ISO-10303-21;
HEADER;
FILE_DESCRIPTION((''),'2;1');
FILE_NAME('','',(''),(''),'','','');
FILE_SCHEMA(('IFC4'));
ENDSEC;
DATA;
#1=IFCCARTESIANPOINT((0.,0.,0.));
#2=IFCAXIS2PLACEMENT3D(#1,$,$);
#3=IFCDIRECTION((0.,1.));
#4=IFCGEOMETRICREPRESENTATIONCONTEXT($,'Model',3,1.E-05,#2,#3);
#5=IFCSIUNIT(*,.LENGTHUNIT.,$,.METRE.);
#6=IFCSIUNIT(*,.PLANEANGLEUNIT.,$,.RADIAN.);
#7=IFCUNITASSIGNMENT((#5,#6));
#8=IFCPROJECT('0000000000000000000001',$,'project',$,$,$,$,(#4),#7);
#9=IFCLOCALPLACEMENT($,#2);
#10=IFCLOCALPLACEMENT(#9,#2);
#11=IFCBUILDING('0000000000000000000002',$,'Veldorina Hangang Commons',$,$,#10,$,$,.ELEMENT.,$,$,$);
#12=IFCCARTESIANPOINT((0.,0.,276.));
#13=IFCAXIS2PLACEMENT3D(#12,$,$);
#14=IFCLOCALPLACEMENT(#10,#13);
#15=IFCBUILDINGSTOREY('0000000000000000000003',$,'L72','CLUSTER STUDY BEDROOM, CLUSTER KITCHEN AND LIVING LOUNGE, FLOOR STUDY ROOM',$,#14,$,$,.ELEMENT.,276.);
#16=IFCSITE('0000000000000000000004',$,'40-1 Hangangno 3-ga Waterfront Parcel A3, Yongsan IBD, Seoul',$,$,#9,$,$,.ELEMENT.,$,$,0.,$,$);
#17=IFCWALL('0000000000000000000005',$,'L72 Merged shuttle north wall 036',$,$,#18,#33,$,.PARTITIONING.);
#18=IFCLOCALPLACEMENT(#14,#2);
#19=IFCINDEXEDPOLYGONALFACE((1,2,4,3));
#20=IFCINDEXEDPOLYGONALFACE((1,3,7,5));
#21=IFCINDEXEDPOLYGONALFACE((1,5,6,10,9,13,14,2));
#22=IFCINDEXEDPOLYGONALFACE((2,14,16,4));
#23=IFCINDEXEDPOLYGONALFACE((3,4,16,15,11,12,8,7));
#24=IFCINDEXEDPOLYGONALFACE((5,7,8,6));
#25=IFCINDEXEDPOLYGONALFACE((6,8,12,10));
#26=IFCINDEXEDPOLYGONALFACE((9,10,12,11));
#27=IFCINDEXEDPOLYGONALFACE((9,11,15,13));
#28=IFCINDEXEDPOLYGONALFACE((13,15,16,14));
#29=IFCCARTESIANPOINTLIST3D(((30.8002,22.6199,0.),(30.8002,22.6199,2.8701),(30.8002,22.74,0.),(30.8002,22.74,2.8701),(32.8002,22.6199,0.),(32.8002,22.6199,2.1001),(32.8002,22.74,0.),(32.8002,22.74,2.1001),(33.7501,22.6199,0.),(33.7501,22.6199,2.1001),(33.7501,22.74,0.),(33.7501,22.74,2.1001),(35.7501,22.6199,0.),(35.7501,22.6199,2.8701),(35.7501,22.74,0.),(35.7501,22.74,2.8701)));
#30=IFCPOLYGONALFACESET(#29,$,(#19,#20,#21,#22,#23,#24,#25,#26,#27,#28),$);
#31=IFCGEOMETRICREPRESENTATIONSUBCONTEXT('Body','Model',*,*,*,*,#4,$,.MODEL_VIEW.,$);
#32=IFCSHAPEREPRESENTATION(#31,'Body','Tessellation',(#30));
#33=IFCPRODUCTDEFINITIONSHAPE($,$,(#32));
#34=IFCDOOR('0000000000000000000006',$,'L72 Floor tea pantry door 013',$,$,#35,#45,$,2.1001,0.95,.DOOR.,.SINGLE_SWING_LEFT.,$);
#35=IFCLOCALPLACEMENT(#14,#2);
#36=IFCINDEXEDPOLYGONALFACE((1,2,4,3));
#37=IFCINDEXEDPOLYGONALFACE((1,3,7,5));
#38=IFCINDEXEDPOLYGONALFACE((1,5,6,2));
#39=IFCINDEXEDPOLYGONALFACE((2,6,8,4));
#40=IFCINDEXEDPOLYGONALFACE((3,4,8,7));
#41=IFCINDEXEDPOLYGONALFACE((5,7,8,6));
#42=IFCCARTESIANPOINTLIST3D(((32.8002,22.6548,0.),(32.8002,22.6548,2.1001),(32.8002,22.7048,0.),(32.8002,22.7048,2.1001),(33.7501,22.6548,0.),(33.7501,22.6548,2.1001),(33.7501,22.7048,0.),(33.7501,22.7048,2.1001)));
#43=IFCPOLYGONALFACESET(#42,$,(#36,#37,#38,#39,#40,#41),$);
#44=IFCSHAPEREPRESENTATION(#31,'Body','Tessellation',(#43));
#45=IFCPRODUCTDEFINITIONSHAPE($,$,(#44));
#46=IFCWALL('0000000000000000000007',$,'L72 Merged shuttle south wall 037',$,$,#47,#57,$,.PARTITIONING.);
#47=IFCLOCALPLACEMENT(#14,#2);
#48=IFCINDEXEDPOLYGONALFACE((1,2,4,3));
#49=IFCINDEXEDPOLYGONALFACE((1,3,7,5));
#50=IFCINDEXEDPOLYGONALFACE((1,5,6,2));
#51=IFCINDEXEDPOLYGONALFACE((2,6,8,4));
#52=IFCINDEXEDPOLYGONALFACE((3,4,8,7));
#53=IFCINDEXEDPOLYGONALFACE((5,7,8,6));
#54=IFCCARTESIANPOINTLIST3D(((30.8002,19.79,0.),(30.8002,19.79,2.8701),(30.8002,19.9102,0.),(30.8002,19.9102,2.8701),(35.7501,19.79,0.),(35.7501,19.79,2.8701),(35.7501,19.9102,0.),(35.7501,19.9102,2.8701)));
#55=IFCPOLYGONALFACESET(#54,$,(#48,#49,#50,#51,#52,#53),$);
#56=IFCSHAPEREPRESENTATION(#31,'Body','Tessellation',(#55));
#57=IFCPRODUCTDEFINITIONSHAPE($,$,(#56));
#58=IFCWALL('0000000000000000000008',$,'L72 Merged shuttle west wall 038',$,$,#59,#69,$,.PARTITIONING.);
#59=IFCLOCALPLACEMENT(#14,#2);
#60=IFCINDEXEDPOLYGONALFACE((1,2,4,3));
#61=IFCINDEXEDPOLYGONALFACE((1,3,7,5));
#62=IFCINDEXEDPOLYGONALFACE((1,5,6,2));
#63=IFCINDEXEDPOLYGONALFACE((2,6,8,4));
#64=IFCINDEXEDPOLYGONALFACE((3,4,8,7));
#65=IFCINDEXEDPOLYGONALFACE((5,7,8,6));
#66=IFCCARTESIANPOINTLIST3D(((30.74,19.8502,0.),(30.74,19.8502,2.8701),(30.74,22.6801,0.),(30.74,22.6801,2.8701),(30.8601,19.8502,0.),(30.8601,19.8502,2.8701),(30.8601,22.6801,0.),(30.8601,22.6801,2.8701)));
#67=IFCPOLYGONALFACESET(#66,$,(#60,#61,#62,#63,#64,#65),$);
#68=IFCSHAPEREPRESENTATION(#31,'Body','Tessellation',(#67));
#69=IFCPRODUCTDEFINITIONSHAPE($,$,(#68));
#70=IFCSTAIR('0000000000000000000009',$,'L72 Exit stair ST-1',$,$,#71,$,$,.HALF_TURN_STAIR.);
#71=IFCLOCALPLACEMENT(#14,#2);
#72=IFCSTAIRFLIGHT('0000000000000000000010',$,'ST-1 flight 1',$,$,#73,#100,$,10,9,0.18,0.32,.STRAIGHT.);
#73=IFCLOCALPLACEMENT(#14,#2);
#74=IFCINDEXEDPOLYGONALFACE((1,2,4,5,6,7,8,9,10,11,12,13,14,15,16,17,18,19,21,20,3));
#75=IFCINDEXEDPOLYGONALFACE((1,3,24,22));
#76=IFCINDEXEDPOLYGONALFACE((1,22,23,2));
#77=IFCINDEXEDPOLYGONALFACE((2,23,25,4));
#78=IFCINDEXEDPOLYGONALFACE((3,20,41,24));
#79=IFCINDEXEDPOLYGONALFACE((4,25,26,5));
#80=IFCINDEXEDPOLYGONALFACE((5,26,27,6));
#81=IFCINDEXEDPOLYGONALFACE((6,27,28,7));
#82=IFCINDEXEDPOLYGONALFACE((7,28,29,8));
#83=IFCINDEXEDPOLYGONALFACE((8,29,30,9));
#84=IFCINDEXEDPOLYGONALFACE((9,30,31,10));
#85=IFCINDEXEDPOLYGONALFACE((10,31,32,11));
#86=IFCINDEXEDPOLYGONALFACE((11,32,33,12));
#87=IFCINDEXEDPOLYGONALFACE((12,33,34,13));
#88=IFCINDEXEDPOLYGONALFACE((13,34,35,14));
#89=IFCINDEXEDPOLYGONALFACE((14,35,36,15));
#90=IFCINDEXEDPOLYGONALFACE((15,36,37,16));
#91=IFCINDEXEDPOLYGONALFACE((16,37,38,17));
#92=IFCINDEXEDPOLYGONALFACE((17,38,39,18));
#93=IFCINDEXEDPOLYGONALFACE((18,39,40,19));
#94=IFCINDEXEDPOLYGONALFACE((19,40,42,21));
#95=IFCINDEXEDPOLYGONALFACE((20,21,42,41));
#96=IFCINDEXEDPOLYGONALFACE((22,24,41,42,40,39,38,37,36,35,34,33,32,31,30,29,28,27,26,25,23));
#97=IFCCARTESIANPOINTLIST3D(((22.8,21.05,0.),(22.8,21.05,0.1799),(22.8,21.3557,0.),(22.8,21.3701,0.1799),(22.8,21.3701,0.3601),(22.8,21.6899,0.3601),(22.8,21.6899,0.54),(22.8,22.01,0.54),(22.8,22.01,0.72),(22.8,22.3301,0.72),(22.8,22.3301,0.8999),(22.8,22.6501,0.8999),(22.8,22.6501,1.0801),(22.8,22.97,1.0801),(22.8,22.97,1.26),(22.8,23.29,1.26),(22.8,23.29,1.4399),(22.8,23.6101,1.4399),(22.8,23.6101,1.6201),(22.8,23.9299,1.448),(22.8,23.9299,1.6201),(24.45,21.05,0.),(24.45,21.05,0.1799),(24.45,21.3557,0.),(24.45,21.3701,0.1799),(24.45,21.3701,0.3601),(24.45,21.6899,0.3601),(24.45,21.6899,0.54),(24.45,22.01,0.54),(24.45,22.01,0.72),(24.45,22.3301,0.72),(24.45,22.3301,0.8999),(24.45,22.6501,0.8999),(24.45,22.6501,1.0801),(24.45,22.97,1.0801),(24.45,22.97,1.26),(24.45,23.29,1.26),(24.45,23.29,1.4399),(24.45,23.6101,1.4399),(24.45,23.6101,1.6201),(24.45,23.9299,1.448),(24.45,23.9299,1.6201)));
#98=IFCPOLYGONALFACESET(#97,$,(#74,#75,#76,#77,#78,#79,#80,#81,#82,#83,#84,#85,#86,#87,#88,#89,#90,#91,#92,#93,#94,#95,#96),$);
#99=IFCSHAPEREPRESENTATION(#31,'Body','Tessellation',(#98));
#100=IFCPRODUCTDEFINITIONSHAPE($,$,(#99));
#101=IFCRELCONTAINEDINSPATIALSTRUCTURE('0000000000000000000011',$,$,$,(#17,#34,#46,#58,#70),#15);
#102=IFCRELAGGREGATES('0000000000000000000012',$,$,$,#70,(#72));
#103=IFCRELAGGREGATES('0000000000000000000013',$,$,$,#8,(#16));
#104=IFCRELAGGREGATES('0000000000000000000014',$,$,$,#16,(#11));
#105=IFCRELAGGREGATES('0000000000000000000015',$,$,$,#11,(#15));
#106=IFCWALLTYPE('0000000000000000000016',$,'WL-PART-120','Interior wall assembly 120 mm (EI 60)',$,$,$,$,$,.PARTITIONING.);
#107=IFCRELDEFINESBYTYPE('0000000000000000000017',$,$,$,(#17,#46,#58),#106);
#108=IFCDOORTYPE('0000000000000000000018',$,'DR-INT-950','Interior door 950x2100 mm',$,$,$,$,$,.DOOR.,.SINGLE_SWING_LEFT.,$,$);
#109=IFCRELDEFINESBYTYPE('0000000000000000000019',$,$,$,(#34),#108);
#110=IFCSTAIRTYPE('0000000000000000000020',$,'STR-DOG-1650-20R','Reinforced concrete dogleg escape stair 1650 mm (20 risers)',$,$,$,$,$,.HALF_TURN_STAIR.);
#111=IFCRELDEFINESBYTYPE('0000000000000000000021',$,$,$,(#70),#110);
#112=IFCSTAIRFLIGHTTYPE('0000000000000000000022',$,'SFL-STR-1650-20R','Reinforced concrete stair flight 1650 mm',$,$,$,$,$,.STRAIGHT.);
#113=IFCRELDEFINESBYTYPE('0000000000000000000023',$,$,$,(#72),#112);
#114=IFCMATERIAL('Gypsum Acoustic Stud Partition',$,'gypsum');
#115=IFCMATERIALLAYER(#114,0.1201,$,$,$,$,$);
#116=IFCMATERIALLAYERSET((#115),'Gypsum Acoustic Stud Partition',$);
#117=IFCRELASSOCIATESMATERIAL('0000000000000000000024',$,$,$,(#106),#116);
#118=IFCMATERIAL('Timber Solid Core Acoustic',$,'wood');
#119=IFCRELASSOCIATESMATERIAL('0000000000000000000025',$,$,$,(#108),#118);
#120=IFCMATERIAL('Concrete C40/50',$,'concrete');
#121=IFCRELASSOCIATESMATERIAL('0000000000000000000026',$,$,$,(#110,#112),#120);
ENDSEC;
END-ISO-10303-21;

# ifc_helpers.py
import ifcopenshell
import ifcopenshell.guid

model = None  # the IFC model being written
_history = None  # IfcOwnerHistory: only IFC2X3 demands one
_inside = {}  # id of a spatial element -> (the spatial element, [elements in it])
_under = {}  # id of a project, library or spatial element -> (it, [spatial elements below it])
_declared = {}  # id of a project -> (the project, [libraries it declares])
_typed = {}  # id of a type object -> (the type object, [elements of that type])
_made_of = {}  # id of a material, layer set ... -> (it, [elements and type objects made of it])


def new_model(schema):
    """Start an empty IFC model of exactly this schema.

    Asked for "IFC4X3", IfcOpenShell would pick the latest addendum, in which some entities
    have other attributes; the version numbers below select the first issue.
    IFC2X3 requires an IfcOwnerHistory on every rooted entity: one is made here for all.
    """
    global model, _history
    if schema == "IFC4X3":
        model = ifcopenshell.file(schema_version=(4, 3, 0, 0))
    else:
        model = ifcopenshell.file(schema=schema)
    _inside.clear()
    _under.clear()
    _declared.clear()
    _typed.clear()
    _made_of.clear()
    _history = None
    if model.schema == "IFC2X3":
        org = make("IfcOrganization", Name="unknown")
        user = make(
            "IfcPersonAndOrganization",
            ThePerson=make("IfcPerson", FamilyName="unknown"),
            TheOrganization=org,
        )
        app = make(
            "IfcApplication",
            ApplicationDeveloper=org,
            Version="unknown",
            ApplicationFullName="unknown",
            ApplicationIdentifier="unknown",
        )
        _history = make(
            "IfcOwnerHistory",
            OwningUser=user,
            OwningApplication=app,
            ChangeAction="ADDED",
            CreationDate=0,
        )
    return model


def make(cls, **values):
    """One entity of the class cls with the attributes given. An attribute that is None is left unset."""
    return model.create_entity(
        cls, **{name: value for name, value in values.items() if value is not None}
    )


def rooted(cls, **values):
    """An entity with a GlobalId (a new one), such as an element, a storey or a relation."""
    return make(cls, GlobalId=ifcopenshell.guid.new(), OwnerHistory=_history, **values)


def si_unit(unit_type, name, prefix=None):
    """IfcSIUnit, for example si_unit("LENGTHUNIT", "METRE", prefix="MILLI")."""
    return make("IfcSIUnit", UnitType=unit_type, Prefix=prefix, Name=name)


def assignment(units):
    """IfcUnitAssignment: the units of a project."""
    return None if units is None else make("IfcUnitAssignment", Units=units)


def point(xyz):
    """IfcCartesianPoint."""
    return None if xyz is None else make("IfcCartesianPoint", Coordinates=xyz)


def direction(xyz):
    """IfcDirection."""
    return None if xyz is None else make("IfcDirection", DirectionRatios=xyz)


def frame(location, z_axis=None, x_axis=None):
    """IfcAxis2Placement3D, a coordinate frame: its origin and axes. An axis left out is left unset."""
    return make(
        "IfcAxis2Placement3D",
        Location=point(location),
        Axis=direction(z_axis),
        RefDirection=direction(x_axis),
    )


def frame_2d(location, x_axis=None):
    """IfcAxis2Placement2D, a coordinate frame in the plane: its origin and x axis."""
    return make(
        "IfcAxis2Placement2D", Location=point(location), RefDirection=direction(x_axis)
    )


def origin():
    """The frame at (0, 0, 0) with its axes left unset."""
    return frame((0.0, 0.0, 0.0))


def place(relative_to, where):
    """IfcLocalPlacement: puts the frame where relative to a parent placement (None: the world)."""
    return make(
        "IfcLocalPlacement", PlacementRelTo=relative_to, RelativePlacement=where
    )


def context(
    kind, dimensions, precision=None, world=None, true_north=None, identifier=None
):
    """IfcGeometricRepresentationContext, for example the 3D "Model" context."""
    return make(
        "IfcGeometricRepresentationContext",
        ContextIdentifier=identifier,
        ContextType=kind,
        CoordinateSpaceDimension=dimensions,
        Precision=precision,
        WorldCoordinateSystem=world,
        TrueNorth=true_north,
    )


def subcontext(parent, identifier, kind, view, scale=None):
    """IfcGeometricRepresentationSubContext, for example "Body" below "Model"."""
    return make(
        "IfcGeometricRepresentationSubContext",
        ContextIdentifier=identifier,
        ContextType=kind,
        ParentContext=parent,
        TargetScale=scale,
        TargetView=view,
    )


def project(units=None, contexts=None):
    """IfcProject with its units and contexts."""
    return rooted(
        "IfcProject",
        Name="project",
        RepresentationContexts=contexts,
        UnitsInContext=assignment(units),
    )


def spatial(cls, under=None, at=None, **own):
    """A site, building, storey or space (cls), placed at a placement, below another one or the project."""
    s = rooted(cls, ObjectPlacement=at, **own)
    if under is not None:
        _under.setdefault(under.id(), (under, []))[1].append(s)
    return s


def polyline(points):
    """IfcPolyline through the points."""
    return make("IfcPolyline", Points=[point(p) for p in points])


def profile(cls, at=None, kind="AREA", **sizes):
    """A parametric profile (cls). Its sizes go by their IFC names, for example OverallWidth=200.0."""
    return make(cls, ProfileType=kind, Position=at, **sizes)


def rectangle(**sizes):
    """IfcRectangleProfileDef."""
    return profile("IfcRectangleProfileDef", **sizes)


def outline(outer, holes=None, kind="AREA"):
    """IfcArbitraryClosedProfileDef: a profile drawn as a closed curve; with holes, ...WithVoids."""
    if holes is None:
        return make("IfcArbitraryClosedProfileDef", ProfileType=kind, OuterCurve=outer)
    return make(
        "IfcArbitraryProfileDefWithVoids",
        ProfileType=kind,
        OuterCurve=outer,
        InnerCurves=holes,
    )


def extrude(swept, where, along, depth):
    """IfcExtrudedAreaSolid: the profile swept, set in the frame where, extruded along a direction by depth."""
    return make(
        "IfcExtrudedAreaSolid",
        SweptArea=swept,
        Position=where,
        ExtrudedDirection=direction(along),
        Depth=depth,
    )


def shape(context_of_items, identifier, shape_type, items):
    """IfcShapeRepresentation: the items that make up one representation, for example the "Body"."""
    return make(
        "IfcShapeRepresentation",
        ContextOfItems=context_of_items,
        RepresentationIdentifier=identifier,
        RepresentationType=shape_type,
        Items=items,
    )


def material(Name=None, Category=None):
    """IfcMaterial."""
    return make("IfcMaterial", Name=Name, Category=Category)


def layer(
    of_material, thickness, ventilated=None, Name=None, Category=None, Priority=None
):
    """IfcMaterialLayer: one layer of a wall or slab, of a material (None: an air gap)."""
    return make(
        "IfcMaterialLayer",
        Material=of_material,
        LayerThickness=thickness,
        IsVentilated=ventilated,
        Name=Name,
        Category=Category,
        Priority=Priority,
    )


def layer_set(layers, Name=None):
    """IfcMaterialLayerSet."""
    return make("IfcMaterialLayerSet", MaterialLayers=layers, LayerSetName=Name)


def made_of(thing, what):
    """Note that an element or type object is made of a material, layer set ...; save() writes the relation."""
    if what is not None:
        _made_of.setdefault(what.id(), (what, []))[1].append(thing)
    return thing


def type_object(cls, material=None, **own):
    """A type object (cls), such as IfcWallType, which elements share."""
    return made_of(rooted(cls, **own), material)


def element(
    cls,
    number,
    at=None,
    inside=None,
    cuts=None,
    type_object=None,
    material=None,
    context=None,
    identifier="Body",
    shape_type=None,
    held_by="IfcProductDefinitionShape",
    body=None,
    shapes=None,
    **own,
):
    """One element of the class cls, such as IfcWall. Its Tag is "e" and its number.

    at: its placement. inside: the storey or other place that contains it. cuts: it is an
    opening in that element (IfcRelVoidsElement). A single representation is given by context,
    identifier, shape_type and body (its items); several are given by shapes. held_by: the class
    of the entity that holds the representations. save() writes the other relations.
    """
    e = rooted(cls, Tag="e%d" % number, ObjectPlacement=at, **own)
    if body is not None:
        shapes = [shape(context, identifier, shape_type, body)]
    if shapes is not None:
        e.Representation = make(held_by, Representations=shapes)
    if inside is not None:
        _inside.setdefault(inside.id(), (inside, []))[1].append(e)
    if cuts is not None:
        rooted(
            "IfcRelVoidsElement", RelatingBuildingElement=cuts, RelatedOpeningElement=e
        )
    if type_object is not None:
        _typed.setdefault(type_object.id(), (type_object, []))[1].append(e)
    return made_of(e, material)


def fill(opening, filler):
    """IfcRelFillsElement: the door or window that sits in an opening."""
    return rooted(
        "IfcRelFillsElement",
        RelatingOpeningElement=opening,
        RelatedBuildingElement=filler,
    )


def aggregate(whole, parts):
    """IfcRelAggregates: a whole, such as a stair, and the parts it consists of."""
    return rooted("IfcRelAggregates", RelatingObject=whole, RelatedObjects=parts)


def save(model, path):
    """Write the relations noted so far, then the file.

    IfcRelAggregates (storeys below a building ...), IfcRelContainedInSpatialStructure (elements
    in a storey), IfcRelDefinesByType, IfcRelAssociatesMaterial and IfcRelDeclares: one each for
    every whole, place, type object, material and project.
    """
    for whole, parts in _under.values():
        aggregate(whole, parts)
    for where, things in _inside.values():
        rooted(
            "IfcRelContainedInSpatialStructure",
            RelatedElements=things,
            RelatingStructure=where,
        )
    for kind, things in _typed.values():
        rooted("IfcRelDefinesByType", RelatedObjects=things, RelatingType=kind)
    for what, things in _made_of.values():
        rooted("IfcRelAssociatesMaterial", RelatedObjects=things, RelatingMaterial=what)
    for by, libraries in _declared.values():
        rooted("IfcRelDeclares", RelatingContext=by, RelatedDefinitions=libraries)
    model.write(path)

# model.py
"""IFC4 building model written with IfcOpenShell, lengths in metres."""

from ifc_helpers import new_model, si_unit, direction, frame, frame_2d, origin, place, context, subcontext, project, spatial, polyline, rectangle, outline, extrude, material, layer, layer_set, type_object, element, fill, aggregate, save


model = new_model("IFC4")

# Units and contexts
model_context = context("Model", 3, precision=1e-05, world=origin(), true_north=direction((0.0, 1.0)))
body_context = subcontext(model_context, "Body", "Model", "MODEL_VIEW")
ifc_project = project(units=[si_unit("LENGTHUNIT", "METRE"), si_unit("PLANEANGLEUNIT", "RADIAN")], contexts=[model_context])

# Site, building, storey
site_placement = place(None, origin())
site = spatial("IfcSite", under=ifc_project, at=site_placement, Name="40-1 Hangangno 3-ga Waterfront Parcel A3, Yongsan IBD, Seoul", CompositionType="ELEMENT", RefElevation=0.0)
building_placement = place(site_placement, origin())
building = spatial("IfcBuilding", under=site, at=building_placement, Name="Veldorina Hangang Commons", CompositionType="ELEMENT")
storey_placement = place(building_placement, frame((0.0, 0.0, 276.0)))
storey = spatial("IfcBuildingStorey", under=building, at=storey_placement, Name="L72", Description="CLUSTER STUDY BEDROOM, CLUSTER KITCHEN AND LIVING LOUNGE, FLOOR STUDY ROOM", CompositionType="ELEMENT", Elevation=276.0)

# Wall, opening, door
ifc_material_1 = material(Name="Gypsum Acoustic Stud Partition", Category="gypsum")
ifc_layer_1 = layer(ifc_material_1, 0.1201)
ifc_layer_set_1 = layer_set([ifc_layer_1], Name="Gypsum Acoustic Stud Partition")
wall_type_1 = type_object("IfcWallType", Name="WL-PART-120", Description="Interior wall assembly 120 mm (EI 60)", PredefinedType="PARTITIONING", material=ifc_layer_set_1)
wall_1_placement = place(storey_placement, frame((30.8, 22.6799, 0.0), z_axis=(0.0, 0.0, 1.0), x_axis=(1.0, 0.0, 0.0)))
wall_1 = element("IfcWall", 1, at=wall_1_placement, inside=storey, type_object=wall_type_1, Name="L72 Merged shuttle north wall 036", PredefinedType="PARTITIONING", context=body_context, shape_type="SweptSolid", body=[
    extrude(rectangle(XDim=4.95, YDim=0.1201, at=frame_2d((2.4751, 0.0))), origin(), (0.0, 0.0, 1.0), 2.8701),
])
opening_1_placement = place(wall_1_placement, frame((2.0, 0.0, 0.0)))
opening_1 = element("IfcOpeningElement", 2, at=opening_1_placement, cuts=wall_1, PredefinedType="OPENING", context=body_context, shape_type="SweptSolid", body=[
    extrude(rectangle(XDim=0.95, YDim=2.1001, at=frame_2d((0.4751, 1.05))), frame((0.0, 0.0701, 0.0), z_axis=(0.0, -1.0, 0.0), x_axis=(1.0, 0.0, 0.0)), (0.0, 0.0, 1.0), 0.1401),
])
ifc_material_2 = material(Name="Timber Solid Core Acoustic", Category="wood")
door_type_1 = type_object("IfcDoorType", Name="DR-INT-950", Description="Interior door 950x2100 mm", OperationType="SINGLE_SWING_LEFT", PredefinedType="DOOR", material=ifc_material_2)
door_1_placement = place(opening_1_placement, origin())
door_1 = element("IfcDoor", 3, at=door_1_placement, inside=storey, type_object=door_type_1, Name="L72 Floor tea pantry door 013", OperationType="SINGLE_SWING_LEFT", OverallHeight=2.1001, OverallWidth=0.95, PredefinedType="DOOR", context=body_context, shape_type="SweptSolid", body=[
    extrude(rectangle(XDim=0.95, YDim=2.1001, at=frame_2d((0.4751, 1.05))), frame((0.0, 0.0249, 0.0), z_axis=(0.0, -1.0, 0.0), x_axis=(1.0, 0.0, 0.0)), (0.0, 0.0, 1.0), 0.05),
])
fill(opening_1, door_1)

# Walls
wall_2_placement = place(storey_placement, frame((30.8, 19.8501, 0.0), z_axis=(0.0, 0.0, 1.0), x_axis=(1.0, 0.0, 0.0)))
element("IfcWall", 4, at=wall_2_placement, inside=storey, type_object=wall_type_1, Name="L72 Merged shuttle south wall 037", PredefinedType="PARTITIONING", context=body_context, shape_type="SweptSolid", body=[
    extrude(rectangle(XDim=4.95, YDim=0.1201, at=frame_2d((2.4751, 0.0))), origin(), (0.0, 0.0, 1.0), 2.8701),
])
wall_3_placement = place(storey_placement, frame((30.8, 19.8501, 0.0), z_axis=(0.0, 0.0, 1.0), x_axis=(0.0, 1.0, 0.0)))
element("IfcWall", 5, at=wall_3_placement, inside=storey, type_object=wall_type_1, Name="L72 Merged shuttle west wall 038", PredefinedType="PARTITIONING", context=body_context, shape_type="SweptSolid", body=[
    extrude(rectangle(XDim=2.8298, YDim=0.1201, at=frame_2d((1.415, 0.0))), origin(), (0.0, 0.0, 1.0), 2.8701),
])

# Stair, stair flight
ifc_material_3 = material(Name="Concrete C40/50", Category="concrete")
stair_type = type_object("IfcStairType", Name="STR-DOG-1650-20R", Description="Reinforced concrete dogleg escape stair 1650 mm (20 risers)", PredefinedType="HALF_TURN_STAIR", material=ifc_material_3)
stair_placement = place(storey_placement, origin())
stair = element("IfcStair", 6, at=stair_placement, inside=storey, type_object=stair_type, Name="L72 Exit stair ST-1", PredefinedType="HALF_TURN_STAIR")
stair_flight_type = type_object("IfcStairFlightType", Name="SFL-STR-1650-20R", Description="Reinforced concrete stair flight 1650 mm", PredefinedType="STRAIGHT", material=ifc_material_3)
stair_flight_placement = place(storey_placement, frame((23.625, 21.05, 0.0), z_axis=(0.0, 0.0, 1.0), x_axis=(0.0, 1.0, 0.0)))
stair_flight = element("IfcStairFlight", 7, at=stair_flight_placement, type_object=stair_flight_type, Name="ST-1 flight 1", NumberOfRisers=10, NumberOfTreads=9, PredefinedType="STRAIGHT", RiserHeight=0.18, TreadLength=0.32, context=body_context, shape_type="SweptSolid", body=[
    extrude(outline(polyline([(0.0, 0.0), (0.0, 0.1799), (0.3201, 0.1799), (0.3201, 0.3601), (0.6399, 0.3601), (0.6399, 0.54), (0.96, 0.54), (0.96, 0.72), (1.28, 0.72), (1.28, 0.8999), (1.6001, 0.8999), (1.6001, 1.0801), (1.9199, 1.0801), (1.9199, 1.26), (2.24, 1.26), (2.24, 1.4399), (2.5601, 1.4399), (2.5601, 1.6201), (2.8799, 1.6201), (2.8799, 1.8), (2.8799, 1.448), (0.3057, 0.0), (0.0, 0.0)])), frame((0.0, 0.825, 0.0), z_axis=(0.0, -1.0, 0.0), x_axis=(1.0, 0.0, 0.0)), (0.0, 0.0, 1.0), 1.6499),
])
aggregate(stair, [stair_flight])

save(model, "model.ifc")
